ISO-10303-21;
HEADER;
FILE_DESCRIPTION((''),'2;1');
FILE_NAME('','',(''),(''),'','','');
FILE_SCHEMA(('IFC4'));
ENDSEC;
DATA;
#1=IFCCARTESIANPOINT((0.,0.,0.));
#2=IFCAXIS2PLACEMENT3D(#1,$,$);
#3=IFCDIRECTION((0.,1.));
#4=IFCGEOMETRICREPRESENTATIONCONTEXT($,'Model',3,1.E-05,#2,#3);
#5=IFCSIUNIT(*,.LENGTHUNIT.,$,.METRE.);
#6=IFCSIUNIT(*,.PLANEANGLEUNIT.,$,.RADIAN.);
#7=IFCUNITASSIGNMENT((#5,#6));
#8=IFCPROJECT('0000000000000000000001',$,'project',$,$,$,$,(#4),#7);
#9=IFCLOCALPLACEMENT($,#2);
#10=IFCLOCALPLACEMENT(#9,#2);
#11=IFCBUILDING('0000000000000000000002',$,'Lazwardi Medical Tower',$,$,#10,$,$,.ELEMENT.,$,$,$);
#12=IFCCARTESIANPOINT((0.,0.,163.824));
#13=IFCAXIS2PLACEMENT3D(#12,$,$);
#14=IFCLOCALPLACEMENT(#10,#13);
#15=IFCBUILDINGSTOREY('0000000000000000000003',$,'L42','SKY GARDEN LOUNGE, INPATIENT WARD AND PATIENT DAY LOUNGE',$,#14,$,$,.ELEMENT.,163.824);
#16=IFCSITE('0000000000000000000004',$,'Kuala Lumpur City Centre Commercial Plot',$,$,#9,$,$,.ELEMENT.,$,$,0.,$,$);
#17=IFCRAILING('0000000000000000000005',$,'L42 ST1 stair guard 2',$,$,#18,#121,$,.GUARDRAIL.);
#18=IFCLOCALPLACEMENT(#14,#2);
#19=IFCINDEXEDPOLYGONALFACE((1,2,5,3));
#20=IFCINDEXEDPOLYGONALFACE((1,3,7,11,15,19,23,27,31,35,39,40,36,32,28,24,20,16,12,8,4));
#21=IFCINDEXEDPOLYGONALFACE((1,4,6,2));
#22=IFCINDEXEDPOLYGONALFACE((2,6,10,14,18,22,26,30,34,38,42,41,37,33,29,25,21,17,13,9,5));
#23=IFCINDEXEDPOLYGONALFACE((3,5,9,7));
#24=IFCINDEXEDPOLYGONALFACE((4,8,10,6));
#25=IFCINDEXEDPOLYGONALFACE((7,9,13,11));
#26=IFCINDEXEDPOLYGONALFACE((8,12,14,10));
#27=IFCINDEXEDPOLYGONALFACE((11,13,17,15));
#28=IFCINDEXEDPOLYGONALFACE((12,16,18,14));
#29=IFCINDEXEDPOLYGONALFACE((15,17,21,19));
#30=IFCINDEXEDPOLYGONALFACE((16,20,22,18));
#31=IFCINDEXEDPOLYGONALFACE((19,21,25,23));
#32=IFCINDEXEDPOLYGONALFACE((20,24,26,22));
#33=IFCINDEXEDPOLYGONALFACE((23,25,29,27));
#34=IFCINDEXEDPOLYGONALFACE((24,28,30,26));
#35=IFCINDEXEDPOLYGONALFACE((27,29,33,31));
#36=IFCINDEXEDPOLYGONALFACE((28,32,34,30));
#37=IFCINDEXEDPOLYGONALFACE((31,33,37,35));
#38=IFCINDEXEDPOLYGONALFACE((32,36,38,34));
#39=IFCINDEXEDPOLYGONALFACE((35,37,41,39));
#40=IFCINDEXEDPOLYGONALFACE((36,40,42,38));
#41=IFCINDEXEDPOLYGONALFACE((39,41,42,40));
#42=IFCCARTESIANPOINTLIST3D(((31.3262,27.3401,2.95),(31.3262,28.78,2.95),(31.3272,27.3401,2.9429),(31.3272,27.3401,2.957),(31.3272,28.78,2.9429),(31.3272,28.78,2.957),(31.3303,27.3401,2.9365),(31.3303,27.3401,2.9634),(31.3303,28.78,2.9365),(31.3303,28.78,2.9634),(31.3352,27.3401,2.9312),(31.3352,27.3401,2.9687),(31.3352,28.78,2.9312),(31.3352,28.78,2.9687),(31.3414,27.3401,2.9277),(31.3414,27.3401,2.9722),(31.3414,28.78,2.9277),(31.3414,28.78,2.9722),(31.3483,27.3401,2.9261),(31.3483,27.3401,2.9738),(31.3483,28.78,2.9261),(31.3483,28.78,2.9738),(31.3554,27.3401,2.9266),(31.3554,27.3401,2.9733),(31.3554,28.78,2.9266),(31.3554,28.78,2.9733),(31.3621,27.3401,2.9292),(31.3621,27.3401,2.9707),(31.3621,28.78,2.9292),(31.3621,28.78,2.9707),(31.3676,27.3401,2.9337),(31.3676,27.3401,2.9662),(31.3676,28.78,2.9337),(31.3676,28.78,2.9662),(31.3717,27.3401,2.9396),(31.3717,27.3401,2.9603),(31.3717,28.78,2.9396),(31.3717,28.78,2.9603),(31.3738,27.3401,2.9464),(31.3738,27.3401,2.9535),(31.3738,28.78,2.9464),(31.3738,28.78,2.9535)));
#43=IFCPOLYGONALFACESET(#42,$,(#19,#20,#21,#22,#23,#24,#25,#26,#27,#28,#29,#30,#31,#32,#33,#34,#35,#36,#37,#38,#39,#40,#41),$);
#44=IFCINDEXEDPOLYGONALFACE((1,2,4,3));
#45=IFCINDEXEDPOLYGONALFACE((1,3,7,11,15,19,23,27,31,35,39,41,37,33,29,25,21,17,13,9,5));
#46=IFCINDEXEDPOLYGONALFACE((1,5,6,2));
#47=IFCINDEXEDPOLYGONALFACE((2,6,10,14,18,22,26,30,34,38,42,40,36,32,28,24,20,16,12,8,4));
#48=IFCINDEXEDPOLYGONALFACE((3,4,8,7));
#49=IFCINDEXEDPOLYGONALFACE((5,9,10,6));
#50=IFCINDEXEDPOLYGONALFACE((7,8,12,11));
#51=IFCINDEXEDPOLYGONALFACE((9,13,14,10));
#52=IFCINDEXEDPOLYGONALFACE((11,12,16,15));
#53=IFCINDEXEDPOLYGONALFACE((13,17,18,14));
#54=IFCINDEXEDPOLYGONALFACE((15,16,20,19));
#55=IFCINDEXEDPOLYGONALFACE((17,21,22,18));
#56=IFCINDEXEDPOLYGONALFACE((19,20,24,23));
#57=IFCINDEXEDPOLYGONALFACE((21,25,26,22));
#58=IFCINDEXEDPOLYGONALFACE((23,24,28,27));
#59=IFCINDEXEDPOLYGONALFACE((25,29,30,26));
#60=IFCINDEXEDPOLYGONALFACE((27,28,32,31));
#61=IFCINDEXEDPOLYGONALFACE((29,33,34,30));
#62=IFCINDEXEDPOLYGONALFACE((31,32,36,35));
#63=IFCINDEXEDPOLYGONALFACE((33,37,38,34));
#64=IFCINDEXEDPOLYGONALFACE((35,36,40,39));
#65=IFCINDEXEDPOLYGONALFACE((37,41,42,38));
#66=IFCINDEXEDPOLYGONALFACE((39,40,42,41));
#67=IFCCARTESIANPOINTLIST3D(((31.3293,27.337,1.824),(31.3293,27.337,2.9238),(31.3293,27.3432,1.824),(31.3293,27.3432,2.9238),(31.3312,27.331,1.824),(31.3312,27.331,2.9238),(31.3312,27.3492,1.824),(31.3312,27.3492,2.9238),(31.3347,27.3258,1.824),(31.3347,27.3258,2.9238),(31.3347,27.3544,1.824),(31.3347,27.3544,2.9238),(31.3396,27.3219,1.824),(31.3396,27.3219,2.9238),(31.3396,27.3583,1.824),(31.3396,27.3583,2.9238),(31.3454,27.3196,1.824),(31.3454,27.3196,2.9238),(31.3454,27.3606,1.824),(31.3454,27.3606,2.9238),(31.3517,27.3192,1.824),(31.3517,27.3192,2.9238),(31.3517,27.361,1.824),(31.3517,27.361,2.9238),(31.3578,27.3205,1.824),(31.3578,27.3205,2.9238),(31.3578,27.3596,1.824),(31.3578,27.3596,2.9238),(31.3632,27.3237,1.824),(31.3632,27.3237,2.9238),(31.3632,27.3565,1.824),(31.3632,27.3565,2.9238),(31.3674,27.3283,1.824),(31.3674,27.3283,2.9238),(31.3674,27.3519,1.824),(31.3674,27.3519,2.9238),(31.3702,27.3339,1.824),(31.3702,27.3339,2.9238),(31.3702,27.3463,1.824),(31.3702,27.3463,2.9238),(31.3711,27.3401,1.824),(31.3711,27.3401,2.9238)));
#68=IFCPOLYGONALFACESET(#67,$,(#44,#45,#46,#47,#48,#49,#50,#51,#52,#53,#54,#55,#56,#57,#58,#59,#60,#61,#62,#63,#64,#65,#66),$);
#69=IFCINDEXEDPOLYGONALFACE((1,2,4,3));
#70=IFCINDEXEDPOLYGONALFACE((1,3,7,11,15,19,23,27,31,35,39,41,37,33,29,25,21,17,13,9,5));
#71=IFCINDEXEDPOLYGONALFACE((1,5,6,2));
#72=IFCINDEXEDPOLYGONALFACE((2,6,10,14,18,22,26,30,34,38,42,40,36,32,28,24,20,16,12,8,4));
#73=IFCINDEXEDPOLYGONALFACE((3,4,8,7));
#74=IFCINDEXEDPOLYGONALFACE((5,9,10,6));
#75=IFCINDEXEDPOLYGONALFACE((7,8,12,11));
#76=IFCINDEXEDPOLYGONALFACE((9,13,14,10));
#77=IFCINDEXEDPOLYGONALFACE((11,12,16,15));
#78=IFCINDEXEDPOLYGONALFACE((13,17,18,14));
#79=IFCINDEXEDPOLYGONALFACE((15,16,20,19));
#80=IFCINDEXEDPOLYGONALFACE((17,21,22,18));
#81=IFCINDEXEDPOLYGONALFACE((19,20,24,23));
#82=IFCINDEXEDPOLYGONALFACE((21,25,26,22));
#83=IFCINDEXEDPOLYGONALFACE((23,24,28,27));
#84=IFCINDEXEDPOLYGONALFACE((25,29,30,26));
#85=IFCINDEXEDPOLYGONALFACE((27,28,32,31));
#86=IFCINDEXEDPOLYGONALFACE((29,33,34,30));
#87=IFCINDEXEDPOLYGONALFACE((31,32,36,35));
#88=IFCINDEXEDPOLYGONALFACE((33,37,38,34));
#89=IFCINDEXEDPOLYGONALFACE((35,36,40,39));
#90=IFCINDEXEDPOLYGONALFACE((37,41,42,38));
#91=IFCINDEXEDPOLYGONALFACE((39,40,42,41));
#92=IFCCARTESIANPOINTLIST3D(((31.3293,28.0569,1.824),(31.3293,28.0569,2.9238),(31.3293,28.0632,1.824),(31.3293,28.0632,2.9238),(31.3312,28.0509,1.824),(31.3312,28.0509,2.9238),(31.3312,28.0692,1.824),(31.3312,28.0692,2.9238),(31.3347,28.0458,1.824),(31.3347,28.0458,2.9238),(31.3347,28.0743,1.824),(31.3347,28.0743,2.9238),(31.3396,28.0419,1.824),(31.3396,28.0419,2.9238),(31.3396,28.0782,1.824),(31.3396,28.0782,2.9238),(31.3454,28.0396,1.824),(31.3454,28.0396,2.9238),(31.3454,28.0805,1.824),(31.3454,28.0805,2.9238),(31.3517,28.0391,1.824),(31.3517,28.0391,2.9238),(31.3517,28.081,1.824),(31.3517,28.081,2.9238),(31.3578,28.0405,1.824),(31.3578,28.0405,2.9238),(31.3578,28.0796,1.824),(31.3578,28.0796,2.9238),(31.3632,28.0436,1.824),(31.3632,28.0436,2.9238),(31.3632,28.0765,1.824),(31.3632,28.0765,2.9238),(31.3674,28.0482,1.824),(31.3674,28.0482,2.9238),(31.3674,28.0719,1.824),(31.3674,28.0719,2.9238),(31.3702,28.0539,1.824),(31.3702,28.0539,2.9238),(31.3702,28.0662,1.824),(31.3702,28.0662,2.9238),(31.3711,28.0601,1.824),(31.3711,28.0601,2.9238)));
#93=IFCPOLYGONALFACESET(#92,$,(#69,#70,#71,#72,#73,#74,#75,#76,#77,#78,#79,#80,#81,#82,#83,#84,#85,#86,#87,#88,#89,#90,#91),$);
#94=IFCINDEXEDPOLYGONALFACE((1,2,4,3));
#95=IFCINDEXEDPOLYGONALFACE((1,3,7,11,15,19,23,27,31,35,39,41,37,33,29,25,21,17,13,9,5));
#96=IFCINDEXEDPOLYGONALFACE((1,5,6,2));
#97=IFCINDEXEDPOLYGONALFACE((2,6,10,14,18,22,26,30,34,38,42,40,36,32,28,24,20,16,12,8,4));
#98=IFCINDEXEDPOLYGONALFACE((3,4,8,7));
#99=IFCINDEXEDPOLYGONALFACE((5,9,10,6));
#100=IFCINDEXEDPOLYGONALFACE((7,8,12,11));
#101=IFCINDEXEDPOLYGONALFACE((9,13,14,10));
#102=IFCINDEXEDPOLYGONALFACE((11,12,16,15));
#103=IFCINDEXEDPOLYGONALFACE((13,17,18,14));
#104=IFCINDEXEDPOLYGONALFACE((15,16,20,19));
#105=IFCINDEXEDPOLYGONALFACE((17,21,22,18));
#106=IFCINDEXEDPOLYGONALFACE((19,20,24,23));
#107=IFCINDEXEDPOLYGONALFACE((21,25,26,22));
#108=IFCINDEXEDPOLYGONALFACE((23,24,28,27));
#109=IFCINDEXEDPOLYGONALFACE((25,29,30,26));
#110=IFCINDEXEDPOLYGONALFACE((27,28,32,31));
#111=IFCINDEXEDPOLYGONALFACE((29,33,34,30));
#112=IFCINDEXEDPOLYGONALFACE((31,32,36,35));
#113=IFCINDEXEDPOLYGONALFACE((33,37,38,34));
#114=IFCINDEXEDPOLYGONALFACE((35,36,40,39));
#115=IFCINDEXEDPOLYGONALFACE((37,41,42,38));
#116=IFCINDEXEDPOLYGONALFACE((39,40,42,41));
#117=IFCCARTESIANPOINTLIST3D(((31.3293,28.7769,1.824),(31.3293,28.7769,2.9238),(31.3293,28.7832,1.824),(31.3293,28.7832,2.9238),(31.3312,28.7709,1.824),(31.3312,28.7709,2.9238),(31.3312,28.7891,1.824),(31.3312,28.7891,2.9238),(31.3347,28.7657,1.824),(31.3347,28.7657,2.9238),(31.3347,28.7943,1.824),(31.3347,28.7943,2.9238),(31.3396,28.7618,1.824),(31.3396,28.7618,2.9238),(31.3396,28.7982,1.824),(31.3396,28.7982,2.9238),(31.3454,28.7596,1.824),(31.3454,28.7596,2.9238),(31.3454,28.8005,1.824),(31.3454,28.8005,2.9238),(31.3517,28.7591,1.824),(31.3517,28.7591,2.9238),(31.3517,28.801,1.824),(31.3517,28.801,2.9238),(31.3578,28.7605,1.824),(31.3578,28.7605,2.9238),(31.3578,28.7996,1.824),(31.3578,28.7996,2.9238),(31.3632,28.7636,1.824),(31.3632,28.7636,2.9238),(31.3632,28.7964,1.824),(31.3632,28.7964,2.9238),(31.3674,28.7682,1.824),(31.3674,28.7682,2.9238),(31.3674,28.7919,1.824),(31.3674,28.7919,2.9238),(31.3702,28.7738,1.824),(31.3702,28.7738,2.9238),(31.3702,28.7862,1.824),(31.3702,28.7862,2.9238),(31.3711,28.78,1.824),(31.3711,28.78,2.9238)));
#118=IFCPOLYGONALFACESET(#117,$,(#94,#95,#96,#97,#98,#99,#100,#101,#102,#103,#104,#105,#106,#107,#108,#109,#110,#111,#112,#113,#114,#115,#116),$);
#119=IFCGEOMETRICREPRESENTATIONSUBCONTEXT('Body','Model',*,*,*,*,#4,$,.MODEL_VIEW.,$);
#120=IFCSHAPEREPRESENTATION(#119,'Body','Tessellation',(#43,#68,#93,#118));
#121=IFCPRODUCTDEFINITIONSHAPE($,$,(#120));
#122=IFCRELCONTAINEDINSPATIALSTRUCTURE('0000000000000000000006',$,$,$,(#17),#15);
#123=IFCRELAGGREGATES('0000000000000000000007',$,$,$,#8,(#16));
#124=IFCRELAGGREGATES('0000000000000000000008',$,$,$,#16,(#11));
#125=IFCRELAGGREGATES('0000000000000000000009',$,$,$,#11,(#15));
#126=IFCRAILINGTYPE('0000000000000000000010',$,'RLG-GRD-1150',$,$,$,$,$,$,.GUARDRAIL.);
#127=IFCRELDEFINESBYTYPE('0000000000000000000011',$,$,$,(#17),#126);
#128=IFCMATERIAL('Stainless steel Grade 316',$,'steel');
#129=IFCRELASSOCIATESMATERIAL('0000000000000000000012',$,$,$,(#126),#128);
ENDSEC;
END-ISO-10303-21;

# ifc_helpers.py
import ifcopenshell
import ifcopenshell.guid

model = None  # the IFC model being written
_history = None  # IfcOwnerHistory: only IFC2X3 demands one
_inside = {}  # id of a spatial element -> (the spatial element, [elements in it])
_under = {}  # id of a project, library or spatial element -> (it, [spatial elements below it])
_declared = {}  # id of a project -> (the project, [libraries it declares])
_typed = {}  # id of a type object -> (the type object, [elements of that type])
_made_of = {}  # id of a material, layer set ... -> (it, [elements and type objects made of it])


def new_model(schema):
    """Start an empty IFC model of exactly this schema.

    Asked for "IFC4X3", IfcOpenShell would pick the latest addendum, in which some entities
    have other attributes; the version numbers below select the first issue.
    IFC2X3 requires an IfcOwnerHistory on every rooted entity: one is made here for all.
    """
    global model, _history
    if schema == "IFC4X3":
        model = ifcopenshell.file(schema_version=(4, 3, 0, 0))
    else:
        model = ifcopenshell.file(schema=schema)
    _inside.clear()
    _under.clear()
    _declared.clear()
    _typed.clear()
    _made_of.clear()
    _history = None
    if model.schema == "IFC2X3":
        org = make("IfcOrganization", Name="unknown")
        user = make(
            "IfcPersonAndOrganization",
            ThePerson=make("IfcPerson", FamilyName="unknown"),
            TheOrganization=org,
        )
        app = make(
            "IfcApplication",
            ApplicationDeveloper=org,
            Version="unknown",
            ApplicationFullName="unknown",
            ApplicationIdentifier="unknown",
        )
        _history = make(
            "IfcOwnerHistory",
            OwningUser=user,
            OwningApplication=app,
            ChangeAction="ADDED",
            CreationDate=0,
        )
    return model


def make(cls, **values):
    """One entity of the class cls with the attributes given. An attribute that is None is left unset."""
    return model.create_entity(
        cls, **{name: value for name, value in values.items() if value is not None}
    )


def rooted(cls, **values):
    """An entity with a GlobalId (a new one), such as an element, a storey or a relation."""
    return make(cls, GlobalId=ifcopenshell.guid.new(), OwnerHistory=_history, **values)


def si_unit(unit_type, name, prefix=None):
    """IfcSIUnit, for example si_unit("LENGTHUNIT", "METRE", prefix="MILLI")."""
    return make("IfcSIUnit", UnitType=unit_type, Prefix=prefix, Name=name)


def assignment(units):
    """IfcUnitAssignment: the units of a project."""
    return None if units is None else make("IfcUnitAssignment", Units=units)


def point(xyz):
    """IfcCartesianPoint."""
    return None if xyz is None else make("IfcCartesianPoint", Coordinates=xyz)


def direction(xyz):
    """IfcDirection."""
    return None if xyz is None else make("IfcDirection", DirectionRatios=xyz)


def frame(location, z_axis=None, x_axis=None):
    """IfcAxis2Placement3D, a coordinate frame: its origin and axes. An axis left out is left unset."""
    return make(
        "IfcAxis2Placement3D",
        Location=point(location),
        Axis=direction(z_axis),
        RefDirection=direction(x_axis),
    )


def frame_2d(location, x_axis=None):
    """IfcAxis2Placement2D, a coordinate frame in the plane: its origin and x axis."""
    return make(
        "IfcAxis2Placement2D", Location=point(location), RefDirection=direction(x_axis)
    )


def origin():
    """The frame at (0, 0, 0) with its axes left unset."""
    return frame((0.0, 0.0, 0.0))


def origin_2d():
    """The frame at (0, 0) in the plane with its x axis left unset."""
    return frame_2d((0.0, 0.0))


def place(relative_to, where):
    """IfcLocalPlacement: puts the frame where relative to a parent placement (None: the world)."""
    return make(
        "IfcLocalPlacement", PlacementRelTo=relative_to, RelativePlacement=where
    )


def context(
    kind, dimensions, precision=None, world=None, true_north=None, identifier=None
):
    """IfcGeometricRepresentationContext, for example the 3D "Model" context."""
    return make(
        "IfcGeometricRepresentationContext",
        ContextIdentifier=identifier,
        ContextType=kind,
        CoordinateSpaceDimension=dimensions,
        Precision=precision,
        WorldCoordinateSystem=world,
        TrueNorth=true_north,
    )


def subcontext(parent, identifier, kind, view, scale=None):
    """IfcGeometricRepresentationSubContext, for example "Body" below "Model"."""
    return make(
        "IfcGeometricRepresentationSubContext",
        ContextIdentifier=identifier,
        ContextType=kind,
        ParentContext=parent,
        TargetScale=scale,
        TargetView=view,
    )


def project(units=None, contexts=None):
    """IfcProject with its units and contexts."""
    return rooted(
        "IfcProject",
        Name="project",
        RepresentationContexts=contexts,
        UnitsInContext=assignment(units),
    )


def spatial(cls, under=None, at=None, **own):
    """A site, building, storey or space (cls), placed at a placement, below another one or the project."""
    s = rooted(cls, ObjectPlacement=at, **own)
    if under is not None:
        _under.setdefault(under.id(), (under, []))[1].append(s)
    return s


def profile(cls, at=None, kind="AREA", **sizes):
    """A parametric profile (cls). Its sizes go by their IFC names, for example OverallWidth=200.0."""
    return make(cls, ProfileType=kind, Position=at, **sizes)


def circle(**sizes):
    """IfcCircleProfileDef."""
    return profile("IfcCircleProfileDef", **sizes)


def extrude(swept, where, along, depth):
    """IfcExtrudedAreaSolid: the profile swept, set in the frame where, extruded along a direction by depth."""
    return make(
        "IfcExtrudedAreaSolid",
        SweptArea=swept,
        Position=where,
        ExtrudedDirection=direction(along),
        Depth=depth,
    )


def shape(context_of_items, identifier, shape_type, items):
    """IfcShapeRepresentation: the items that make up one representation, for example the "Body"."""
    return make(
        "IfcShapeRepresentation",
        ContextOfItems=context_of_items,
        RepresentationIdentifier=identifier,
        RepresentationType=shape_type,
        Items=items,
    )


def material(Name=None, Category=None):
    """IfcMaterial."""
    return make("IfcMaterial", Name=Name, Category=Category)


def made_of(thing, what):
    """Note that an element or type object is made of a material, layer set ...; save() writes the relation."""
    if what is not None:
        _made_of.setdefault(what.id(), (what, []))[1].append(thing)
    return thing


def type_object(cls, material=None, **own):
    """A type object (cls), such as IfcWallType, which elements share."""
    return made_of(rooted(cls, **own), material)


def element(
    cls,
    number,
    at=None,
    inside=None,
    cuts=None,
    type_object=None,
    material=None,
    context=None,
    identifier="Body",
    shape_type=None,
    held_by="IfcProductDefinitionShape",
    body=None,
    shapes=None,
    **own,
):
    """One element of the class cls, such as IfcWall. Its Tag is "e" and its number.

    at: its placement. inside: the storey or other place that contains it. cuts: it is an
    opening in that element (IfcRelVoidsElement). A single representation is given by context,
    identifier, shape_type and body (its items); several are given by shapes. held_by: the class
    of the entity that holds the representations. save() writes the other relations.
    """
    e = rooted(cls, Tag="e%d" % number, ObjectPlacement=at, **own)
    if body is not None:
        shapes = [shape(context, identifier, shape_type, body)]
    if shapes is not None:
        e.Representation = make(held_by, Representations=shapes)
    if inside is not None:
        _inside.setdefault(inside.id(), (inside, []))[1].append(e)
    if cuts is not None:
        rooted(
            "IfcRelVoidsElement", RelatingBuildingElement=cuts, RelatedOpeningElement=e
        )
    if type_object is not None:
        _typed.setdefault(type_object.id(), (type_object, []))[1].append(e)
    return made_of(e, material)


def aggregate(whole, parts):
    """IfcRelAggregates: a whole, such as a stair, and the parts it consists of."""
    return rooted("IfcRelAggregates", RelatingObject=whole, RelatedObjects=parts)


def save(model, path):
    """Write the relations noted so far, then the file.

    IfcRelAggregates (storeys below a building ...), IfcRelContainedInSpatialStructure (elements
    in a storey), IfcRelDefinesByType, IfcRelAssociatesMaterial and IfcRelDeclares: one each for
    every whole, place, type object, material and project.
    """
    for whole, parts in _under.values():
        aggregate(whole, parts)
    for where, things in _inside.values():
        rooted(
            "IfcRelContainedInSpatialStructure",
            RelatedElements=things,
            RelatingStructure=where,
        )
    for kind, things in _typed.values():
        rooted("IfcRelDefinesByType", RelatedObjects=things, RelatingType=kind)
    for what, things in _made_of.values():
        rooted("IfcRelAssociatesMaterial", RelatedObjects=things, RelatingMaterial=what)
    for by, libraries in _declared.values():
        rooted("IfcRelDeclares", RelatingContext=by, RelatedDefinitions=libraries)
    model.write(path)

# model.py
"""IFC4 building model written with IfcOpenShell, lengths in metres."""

from ifc_helpers import new_model, si_unit, direction, frame, origin, origin_2d, place, context, subcontext, project, spatial, circle, extrude, material, type_object, element, save


model = new_model("IFC4")

# Units and contexts
model_context = context("Model", 3, precision=1e-05, world=origin(), true_north=direction((0.0, 1.0)))
body_context = subcontext(model_context, "Body", "Model", "MODEL_VIEW")
ifc_project = project(units=[si_unit("LENGTHUNIT", "METRE"), si_unit("PLANEANGLEUNIT", "RADIAN")], contexts=[model_context])

# Site, building, storey
site_placement = place(None, origin())
site = spatial("IfcSite", under=ifc_project, at=site_placement, Name="Kuala Lumpur City Centre Commercial Plot", CompositionType="ELEMENT", RefElevation=0.0)
building_placement = place(site_placement, origin())
building = spatial("IfcBuilding", under=site, at=building_placement, Name="Lazwardi Medical Tower", CompositionType="ELEMENT")
storey_placement = place(building_placement, frame((0.0, 0.0, 163.824)))
storey = spatial("IfcBuildingStorey", under=building, at=storey_placement, Name="L42", Description="SKY GARDEN LOUNGE, INPATIENT WARD AND PATIENT DAY LOUNGE", CompositionType="ELEMENT", Elevation=163.824)

# Railing
ifc_material_1 = material(Name="Stainless steel Grade 316", Category="steel")
railing_type_1 = type_object("IfcRailingType", Name="RLG-GRD-1150", PredefinedType="GUARDRAIL", material=ifc_material_1)
railing_1_placement = place(storey_placement, frame((31.3501, 27.3401, 1.824)))
element("IfcRailing", 1, at=railing_1_placement, inside=storey, type_object=railing_type_1, Name="L42 ST1 stair guard 2", PredefinedType="GUARDRAIL", context=body_context, shape_type="SweptSolid", body=[
    extrude(circle(Radius=0.0239, at=origin_2d()), frame((0.0, 0.0, 1.126), z_axis=(0.0, 1.0, 0.0), x_axis=(-1.0, 0.0, 0.0)), (0.0, 0.0, 1.0), 1.4399),
    extrude(circle(Radius=0.021, at=origin_2d()), origin(), (0.0, 0.0, 1.0), 1.0999),
    extrude(circle(Radius=0.021, at=origin_2d()), frame((0.0, 0.72, 0.0)), (0.0, 0.0, 1.0), 1.0999),
    extrude(circle(Radius=0.021, at=origin_2d()), frame((0.0, 1.4399, 0.0)), (0.0, 0.0, 1.0), 1.0999),
])

save(model, "model.ifc")
